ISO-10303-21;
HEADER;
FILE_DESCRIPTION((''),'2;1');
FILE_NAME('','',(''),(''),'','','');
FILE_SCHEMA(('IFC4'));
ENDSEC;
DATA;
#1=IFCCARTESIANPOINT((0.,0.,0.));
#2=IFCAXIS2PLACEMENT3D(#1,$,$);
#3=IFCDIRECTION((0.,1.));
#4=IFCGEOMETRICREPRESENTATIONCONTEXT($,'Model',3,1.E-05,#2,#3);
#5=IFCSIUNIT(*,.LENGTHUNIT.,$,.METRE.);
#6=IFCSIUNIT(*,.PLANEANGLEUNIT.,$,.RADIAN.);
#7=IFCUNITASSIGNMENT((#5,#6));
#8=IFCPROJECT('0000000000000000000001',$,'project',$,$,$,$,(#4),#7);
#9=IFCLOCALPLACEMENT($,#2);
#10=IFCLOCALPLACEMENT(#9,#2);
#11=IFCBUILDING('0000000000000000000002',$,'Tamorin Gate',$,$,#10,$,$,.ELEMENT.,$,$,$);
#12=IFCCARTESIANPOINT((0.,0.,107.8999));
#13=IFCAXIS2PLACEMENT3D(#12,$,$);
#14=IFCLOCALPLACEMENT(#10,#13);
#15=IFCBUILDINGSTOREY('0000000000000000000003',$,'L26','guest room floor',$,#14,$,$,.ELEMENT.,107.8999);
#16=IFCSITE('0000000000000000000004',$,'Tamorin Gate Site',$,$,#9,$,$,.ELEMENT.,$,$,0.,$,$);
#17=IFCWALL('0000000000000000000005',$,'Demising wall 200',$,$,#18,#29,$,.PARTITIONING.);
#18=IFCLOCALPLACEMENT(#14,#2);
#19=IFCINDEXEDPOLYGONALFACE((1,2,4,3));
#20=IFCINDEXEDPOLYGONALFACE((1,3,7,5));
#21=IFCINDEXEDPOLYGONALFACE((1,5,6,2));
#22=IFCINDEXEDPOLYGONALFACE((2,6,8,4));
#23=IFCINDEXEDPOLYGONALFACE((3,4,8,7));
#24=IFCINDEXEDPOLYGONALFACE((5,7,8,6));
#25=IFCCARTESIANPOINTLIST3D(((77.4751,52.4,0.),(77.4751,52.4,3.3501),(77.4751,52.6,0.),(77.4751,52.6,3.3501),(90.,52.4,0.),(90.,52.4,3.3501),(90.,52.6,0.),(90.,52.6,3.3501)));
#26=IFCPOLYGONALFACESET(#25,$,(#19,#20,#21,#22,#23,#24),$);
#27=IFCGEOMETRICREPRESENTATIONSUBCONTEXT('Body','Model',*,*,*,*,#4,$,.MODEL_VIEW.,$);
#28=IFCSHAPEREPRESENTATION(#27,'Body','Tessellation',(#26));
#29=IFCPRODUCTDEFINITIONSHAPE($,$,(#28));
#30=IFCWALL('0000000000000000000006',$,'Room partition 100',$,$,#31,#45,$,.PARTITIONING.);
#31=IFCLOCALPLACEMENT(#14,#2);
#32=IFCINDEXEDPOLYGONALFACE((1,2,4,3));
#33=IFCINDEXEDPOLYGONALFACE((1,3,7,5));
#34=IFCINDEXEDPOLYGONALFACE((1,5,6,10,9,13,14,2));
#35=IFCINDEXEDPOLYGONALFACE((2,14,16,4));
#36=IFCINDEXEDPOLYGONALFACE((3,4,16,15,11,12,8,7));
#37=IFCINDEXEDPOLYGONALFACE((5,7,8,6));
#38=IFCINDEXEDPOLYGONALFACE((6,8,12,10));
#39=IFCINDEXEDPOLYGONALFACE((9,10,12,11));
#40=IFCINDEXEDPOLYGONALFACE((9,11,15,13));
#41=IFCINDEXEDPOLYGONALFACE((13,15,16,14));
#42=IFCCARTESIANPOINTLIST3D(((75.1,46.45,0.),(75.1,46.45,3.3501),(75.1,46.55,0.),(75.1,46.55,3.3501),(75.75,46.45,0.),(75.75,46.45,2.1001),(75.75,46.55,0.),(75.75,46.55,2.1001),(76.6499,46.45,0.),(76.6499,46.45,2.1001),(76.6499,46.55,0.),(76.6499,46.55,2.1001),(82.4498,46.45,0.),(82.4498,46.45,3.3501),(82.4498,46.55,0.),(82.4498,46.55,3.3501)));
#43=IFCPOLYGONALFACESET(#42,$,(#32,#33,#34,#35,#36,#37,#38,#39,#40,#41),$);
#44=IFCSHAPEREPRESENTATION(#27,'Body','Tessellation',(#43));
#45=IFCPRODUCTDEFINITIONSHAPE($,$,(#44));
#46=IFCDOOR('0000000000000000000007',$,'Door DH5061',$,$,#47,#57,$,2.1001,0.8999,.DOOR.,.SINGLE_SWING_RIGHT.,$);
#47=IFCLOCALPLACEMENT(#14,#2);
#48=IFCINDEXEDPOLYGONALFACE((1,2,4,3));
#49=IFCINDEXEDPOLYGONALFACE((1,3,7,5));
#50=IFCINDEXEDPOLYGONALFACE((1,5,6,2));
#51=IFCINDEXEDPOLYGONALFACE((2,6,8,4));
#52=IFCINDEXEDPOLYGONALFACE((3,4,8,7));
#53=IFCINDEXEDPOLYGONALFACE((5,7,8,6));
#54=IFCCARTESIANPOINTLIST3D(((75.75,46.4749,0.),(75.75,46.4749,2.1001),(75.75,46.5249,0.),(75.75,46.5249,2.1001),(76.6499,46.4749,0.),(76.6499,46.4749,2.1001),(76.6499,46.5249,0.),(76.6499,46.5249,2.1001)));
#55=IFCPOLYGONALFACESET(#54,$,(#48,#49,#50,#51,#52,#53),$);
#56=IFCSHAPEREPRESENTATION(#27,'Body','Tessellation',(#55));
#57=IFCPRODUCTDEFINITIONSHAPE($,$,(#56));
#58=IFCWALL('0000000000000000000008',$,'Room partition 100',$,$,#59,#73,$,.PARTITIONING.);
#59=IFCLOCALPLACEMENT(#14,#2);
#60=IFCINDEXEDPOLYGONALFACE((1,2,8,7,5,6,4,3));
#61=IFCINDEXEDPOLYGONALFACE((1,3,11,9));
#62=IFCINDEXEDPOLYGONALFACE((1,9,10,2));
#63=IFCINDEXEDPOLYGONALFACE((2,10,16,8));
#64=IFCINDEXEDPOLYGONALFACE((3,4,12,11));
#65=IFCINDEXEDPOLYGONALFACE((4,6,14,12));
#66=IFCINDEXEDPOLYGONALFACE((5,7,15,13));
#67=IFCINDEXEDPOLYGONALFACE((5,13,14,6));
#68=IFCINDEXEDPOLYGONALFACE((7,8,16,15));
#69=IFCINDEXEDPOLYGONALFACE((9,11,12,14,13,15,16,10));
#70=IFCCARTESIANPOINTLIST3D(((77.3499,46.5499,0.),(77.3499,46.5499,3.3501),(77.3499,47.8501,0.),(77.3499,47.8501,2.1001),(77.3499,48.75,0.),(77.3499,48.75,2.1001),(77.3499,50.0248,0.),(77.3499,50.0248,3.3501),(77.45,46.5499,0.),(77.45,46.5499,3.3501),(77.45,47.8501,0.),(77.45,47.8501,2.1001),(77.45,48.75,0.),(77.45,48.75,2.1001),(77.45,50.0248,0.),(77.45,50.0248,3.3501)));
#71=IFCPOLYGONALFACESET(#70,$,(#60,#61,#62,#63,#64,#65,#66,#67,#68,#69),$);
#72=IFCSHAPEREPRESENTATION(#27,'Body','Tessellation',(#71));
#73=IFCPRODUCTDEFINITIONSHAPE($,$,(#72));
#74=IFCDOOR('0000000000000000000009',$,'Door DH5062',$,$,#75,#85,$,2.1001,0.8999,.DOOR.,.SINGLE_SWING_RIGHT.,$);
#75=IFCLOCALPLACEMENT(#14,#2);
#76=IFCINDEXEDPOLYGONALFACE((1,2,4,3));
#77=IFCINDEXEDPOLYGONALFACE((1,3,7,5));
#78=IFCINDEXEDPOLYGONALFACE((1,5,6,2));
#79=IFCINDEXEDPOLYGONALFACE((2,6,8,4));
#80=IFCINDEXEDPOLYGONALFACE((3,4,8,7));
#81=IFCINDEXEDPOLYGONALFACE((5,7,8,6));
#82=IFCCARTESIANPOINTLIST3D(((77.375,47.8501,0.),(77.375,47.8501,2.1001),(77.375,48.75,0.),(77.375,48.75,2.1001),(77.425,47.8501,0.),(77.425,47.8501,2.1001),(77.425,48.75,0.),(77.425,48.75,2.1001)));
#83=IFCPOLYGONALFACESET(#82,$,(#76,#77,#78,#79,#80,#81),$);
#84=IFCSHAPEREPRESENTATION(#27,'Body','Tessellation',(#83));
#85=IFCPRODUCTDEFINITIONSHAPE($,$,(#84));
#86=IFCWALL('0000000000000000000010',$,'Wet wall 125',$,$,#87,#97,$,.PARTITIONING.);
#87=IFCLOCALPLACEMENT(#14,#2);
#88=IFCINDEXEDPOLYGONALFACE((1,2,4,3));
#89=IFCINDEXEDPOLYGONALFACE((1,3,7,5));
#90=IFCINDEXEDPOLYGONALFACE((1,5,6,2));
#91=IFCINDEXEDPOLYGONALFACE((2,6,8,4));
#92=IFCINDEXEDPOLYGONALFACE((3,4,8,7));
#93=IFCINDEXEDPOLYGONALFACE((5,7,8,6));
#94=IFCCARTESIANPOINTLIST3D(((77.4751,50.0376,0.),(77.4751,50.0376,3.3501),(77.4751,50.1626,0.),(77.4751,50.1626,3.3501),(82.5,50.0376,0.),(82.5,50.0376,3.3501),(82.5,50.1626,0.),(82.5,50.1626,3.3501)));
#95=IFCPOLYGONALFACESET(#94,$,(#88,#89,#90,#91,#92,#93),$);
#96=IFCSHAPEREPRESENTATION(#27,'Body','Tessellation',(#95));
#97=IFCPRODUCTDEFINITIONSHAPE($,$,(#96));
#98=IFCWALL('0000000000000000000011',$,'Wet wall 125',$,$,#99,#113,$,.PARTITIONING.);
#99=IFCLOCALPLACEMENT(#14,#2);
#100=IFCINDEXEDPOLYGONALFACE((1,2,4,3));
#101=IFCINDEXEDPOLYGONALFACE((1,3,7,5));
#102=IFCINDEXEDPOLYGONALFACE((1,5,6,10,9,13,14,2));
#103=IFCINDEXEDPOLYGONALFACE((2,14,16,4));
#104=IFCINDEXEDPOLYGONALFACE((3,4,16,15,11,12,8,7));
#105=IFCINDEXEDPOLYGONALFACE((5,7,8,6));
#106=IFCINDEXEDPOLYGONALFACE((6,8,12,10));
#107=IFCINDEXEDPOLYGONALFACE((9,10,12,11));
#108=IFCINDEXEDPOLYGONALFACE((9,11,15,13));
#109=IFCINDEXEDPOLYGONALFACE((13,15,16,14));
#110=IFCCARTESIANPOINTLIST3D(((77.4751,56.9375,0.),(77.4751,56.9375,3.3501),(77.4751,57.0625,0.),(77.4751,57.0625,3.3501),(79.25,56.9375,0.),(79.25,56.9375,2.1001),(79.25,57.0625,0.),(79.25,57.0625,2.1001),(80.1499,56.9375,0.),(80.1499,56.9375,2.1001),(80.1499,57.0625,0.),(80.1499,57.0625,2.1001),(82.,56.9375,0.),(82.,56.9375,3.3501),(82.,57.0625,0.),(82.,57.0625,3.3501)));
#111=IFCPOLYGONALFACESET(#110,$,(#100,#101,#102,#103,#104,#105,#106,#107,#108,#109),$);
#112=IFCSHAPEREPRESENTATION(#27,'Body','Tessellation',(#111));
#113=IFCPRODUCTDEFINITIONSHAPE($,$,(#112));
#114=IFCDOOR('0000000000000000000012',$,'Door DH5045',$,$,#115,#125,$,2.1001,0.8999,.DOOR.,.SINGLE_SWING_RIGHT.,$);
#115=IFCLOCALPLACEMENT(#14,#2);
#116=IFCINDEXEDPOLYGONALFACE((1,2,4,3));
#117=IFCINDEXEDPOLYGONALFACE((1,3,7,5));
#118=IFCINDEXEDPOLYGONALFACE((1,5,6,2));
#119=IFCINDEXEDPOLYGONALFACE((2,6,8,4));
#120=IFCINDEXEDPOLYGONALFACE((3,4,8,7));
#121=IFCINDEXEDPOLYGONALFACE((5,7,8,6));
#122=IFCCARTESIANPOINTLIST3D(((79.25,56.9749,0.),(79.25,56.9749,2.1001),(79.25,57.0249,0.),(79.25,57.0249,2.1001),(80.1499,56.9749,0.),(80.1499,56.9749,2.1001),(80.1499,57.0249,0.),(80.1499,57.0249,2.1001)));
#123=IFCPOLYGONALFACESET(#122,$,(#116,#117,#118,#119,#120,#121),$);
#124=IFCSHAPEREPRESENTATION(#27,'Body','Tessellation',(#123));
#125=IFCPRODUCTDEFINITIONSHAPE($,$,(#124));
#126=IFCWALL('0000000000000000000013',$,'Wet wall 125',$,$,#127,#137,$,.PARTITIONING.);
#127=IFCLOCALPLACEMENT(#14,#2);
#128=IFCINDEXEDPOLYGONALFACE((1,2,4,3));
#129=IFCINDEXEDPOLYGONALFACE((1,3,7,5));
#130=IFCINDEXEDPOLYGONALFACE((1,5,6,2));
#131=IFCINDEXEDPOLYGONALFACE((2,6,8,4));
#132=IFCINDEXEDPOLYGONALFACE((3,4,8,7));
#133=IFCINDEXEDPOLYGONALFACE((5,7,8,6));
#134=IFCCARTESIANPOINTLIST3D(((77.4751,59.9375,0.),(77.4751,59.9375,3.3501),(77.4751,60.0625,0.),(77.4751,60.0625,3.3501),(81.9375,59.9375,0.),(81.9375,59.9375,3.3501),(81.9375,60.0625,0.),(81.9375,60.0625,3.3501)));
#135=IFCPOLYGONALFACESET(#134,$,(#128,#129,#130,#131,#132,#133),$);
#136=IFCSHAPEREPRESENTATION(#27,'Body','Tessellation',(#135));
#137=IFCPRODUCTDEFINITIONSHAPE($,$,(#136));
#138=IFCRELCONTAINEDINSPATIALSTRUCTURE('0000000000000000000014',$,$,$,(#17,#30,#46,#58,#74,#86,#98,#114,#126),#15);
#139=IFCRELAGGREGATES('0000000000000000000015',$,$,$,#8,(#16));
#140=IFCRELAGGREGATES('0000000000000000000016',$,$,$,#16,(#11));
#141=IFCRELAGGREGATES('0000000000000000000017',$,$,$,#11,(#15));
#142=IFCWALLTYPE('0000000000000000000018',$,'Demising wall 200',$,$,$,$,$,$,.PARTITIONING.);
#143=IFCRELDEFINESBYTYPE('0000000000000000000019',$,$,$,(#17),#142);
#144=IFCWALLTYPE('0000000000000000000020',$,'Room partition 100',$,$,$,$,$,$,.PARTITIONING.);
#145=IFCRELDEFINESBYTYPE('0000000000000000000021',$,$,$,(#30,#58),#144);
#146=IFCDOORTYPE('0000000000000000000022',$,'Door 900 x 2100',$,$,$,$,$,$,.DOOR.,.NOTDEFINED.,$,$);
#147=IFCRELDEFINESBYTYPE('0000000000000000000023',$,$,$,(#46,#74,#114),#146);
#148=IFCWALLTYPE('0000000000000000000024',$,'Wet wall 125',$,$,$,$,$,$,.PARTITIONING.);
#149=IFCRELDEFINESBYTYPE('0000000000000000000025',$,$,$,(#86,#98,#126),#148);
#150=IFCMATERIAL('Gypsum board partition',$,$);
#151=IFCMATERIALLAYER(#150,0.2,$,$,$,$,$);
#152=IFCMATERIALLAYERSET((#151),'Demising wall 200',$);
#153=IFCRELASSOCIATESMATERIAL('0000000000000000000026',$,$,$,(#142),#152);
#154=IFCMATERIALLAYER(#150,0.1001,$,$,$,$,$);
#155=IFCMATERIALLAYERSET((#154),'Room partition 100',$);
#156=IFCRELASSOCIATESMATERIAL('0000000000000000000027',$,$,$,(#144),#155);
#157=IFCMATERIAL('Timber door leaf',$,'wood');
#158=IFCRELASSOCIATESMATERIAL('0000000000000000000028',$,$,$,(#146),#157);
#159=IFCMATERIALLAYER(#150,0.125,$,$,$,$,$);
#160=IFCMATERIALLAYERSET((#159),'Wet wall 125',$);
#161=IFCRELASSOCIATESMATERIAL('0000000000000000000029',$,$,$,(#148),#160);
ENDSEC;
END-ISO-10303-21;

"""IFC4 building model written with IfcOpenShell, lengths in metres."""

from ifc_helpers import new_model, si_unit, direction, frame, frame_2d, origin, place, context, subcontext, project, spatial, rectangle, extrude, material, layer, layer_set, type_object, element, fill, save


model = new_model("IFC4")

# Units and contexts
model_context = context("Model", 3, precision=1e-05, world=origin(), true_north=direction((0.0, 1.0)))
body_context = subcontext(model_context, "Body", "Model", "MODEL_VIEW")
ifc_project = project(units=[si_unit("LENGTHUNIT", "METRE"), si_unit("PLANEANGLEUNIT", "RADIAN")], contexts=[model_context])

# Site, building, storey
site_placement = place(None, origin())
site = spatial("IfcSite", under=ifc_project, at=site_placement, Name="Tamorin Gate Site", CompositionType="ELEMENT", RefElevation=0.0)
building_placement = place(site_placement, origin())
building = spatial("IfcBuilding", under=site, at=building_placement, Name="Tamorin Gate", CompositionType="ELEMENT")
storey_placement = place(building_placement, frame((0.0, 0.0, 107.8999)))
storey = spatial("IfcBuildingStorey", under=building, at=storey_placement, Name="L26", Description="guest room floor", CompositionType="ELEMENT", Elevation=107.8999)

# Shared definitions
ifc_material_1 = material(Name="Gypsum board partition")
ifc_material_2 = material(Name="Timber door leaf", Category="wood")

# Wall
ifc_layer_1 = layer(ifc_material_1, 0.2)
ifc_layer_set_1 = layer_set([ifc_layer_1], Name="Demising wall 200")
wall_type_1 = type_object("IfcWallType", Name="Demising wall 200", PredefinedType="PARTITIONING", material=ifc_layer_set_1)
wall_1_placement = place(storey_placement, frame((77.4751, 52.5, 0.0), z_axis=(0.0, 0.0, 1.0), x_axis=(1.0, 0.0, 0.0)))
element("IfcWall", 1, at=wall_1_placement, inside=storey, type_object=wall_type_1, Name="Demising wall 200", PredefinedType="PARTITIONING", context=body_context, shape_type="SweptSolid", body=[
    extrude(rectangle(XDim=12.5249, YDim=0.2, at=frame_2d((6.2625, 0.0))), origin(), (0.0, 0.0, 1.0), 3.3501),
])

# Walls, openings, doors
ifc_layer_2 = layer(ifc_material_1, 0.1001)
ifc_layer_set_2 = layer_set([ifc_layer_2], Name="Room partition 100")
wall_type_2 = type_object("IfcWallType", Name="Room partition 100", PredefinedType="PARTITIONING", material=ifc_layer_set_2)
wall_2_placement = place(storey_placement, frame((75.1001, 46.5, 0.0), z_axis=(0.0, 0.0, 1.0), x_axis=(1.0, 0.0, 0.0)))
wall_2 = element("IfcWall", 2, at=wall_2_placement, inside=storey, type_object=wall_type_2, Name="Room partition 100", PredefinedType="PARTITIONING", context=body_context, shape_type="SweptSolid", body=[
    extrude(rectangle(XDim=7.3499, YDim=0.1001, at=frame_2d((3.6748, 0.0))), origin(), (0.0, 0.0, 1.0), 3.3501),
])
opening_1_placement = place(wall_2_placement, frame((0.6499, 0.0, 0.0)))
opening_1 = element("IfcOpeningElement", 3, at=opening_1_placement, cuts=wall_2, PredefinedType="OPENING", context=body_context, shape_type="SweptSolid", body=[
    extrude(rectangle(XDim=0.8999, YDim=2.1001, at=frame_2d((0.45, 1.05))), frame((0.0, 0.0601, 0.0), z_axis=(0.0, -1.0, 0.0), x_axis=(1.0, 0.0, 0.0)), (0.0, 0.0, 1.0), 0.1201),
])
door_type_1 = type_object("IfcDoorType", Name="Door 900 x 2100", OperationType="NOTDEFINED", PredefinedType="DOOR", material=ifc_material_2)
door_1_placement = place(opening_1_placement, origin())
door_1 = element("IfcDoor", 4, at=door_1_placement, inside=storey, type_object=door_type_1, Name="Door DH5061", OperationType="SINGLE_SWING_RIGHT", OverallHeight=2.1001, OverallWidth=0.8999, PredefinedType="DOOR", context=body_context, shape_type="SweptSolid", body=[
    extrude(rectangle(XDim=0.8999, YDim=2.1001, at=frame_2d((0.45, 1.05))), frame((0.0, 0.0249, 0.0), z_axis=(0.0, -1.0, 0.0), x_axis=(1.0, 0.0, 0.0)), (0.0, 0.0, 1.0), 0.05),
])
fill(opening_1, door_1)
wall_3_placement = place(storey_placement, frame((77.3999, 46.55, 0.0), z_axis=(0.0, 0.0, 1.0), x_axis=(0.0, 1.0, 0.0)))
wall_3 = element("IfcWall", 5, at=wall_3_placement, inside=storey, type_object=wall_type_2, Name="Room partition 100", PredefinedType="PARTITIONING", context=body_context, shape_type="SweptSolid", body=[
    extrude(rectangle(XDim=3.4749, YDim=0.1001, at=frame_2d((1.7373, 0.0))), origin(), (0.0, 0.0, 1.0), 3.3501),
])
opening_2_placement = place(wall_3_placement, frame((1.3, 0.0, 0.0)))
opening_2 = element("IfcOpeningElement", 6, at=opening_2_placement, cuts=wall_3, PredefinedType="OPENING", context=body_context, shape_type="SweptSolid", body=[
    extrude(rectangle(XDim=0.8999, YDim=2.1001, at=frame_2d((0.45, 1.05))), frame((0.0, 0.0601, 0.0), z_axis=(0.0, -1.0, 0.0), x_axis=(1.0, 0.0, 0.0)), (0.0, 0.0, 1.0), 0.1201),
])
door_2_placement = place(opening_2_placement, origin())
door_2 = element("IfcDoor", 7, at=door_2_placement, inside=storey, type_object=door_type_1, Name="Door DH5062", OperationType="SINGLE_SWING_RIGHT", OverallHeight=2.1001, OverallWidth=0.8999, PredefinedType="DOOR", context=body_context, shape_type="SweptSolid", body=[
    extrude(rectangle(XDim=0.8999, YDim=2.1001, at=frame_2d((0.45, 1.05))), frame((0.0, 0.0249, 0.0), z_axis=(0.0, -1.0, 0.0), x_axis=(1.0, 0.0, 0.0)), (0.0, 0.0, 1.0), 0.05),
])
fill(opening_2, door_2)

# Wall
ifc_layer_3 = layer(ifc_material_1, 0.125)
ifc_layer_set_3 = layer_set([ifc_layer_3], Name="Wet wall 125")
wall_type_3 = type_object("IfcWallType", Name="Wet wall 125", PredefinedType="PARTITIONING", material=ifc_layer_set_3)
wall_4_placement = place(storey_placement, frame((77.4751, 50.1001, 0.0), z_axis=(0.0, 0.0, 1.0), x_axis=(1.0, 0.0, 0.0)))
element("IfcWall", 8, at=wall_4_placement, inside=storey, type_object=wall_type_3, Name="Wet wall 125", PredefinedType="PARTITIONING", context=body_context, shape_type="SweptSolid", body=[
    extrude(rectangle(XDim=5.0249, YDim=0.125, at=frame_2d((2.5125, 0.0))), origin(), (0.0, 0.0, 1.0), 3.3501),
])

# Wall, opening, door
wall_5_placement = place(storey_placement, frame((77.4751, 57.0, 0.0), z_axis=(0.0, 0.0, 1.0), x_axis=(1.0, 0.0, 0.0)))
wall_5 = element("IfcWall", 9, at=wall_5_placement, inside=storey, type_object=wall_type_3, Name="Wet wall 125", PredefinedType="PARTITIONING", context=body_context, shape_type="SweptSolid", body=[
    extrude(rectangle(XDim=4.5249, YDim=0.125, at=frame_2d((2.2625, 0.0))), origin(), (0.0, 0.0, 1.0), 3.3501),
])
opening_3_placement = place(wall_5_placement, frame((1.7749, 0.0, 0.0)))
opening_3 = element("IfcOpeningElement", 10, at=opening_3_placement, cuts=wall_5, PredefinedType="OPENING", context=body_context, shape_type="SweptSolid", body=[
    extrude(rectangle(XDim=0.8999, YDim=2.1001, at=frame_2d((0.45, 1.05))), frame((0.0, 0.0725, 0.0), z_axis=(0.0, -1.0, 0.0), x_axis=(1.0, 0.0, 0.0)), (0.0, 0.0, 1.0), 0.145),
])
door_3_placement = place(opening_3_placement, origin())
door_3 = element("IfcDoor", 11, at=door_3_placement, inside=storey, type_object=door_type_1, Name="Door DH5045", OperationType="SINGLE_SWING_RIGHT", OverallHeight=2.1001, OverallWidth=0.8999, PredefinedType="DOOR", context=body_context, shape_type="SweptSolid", body=[
    extrude(rectangle(XDim=0.8999, YDim=2.1001, at=frame_2d((0.45, 1.05))), frame((0.0, 0.0249, 0.0), z_axis=(0.0, -1.0, 0.0), x_axis=(1.0, 0.0, 0.0)), (0.0, 0.0, 1.0), 0.05),
])
fill(opening_3, door_3)

# Wall
wall_6_placement = place(storey_placement, frame((77.4751, 60.0, 0.0), z_axis=(0.0, 0.0, 1.0), x_axis=(1.0, 0.0, 0.0)))
element("IfcWall", 12, at=wall_6_placement, inside=storey, type_object=wall_type_3, Name="Wet wall 125", PredefinedType="PARTITIONING", context=body_context, shape_type="SweptSolid", body=[
    extrude(rectangle(XDim=4.4624, YDim=0.125, at=frame_2d((2.2312, 0.0))), origin(), (0.0, 0.0, 1.0), 3.3501),
])

save(model, "model.ifc")
